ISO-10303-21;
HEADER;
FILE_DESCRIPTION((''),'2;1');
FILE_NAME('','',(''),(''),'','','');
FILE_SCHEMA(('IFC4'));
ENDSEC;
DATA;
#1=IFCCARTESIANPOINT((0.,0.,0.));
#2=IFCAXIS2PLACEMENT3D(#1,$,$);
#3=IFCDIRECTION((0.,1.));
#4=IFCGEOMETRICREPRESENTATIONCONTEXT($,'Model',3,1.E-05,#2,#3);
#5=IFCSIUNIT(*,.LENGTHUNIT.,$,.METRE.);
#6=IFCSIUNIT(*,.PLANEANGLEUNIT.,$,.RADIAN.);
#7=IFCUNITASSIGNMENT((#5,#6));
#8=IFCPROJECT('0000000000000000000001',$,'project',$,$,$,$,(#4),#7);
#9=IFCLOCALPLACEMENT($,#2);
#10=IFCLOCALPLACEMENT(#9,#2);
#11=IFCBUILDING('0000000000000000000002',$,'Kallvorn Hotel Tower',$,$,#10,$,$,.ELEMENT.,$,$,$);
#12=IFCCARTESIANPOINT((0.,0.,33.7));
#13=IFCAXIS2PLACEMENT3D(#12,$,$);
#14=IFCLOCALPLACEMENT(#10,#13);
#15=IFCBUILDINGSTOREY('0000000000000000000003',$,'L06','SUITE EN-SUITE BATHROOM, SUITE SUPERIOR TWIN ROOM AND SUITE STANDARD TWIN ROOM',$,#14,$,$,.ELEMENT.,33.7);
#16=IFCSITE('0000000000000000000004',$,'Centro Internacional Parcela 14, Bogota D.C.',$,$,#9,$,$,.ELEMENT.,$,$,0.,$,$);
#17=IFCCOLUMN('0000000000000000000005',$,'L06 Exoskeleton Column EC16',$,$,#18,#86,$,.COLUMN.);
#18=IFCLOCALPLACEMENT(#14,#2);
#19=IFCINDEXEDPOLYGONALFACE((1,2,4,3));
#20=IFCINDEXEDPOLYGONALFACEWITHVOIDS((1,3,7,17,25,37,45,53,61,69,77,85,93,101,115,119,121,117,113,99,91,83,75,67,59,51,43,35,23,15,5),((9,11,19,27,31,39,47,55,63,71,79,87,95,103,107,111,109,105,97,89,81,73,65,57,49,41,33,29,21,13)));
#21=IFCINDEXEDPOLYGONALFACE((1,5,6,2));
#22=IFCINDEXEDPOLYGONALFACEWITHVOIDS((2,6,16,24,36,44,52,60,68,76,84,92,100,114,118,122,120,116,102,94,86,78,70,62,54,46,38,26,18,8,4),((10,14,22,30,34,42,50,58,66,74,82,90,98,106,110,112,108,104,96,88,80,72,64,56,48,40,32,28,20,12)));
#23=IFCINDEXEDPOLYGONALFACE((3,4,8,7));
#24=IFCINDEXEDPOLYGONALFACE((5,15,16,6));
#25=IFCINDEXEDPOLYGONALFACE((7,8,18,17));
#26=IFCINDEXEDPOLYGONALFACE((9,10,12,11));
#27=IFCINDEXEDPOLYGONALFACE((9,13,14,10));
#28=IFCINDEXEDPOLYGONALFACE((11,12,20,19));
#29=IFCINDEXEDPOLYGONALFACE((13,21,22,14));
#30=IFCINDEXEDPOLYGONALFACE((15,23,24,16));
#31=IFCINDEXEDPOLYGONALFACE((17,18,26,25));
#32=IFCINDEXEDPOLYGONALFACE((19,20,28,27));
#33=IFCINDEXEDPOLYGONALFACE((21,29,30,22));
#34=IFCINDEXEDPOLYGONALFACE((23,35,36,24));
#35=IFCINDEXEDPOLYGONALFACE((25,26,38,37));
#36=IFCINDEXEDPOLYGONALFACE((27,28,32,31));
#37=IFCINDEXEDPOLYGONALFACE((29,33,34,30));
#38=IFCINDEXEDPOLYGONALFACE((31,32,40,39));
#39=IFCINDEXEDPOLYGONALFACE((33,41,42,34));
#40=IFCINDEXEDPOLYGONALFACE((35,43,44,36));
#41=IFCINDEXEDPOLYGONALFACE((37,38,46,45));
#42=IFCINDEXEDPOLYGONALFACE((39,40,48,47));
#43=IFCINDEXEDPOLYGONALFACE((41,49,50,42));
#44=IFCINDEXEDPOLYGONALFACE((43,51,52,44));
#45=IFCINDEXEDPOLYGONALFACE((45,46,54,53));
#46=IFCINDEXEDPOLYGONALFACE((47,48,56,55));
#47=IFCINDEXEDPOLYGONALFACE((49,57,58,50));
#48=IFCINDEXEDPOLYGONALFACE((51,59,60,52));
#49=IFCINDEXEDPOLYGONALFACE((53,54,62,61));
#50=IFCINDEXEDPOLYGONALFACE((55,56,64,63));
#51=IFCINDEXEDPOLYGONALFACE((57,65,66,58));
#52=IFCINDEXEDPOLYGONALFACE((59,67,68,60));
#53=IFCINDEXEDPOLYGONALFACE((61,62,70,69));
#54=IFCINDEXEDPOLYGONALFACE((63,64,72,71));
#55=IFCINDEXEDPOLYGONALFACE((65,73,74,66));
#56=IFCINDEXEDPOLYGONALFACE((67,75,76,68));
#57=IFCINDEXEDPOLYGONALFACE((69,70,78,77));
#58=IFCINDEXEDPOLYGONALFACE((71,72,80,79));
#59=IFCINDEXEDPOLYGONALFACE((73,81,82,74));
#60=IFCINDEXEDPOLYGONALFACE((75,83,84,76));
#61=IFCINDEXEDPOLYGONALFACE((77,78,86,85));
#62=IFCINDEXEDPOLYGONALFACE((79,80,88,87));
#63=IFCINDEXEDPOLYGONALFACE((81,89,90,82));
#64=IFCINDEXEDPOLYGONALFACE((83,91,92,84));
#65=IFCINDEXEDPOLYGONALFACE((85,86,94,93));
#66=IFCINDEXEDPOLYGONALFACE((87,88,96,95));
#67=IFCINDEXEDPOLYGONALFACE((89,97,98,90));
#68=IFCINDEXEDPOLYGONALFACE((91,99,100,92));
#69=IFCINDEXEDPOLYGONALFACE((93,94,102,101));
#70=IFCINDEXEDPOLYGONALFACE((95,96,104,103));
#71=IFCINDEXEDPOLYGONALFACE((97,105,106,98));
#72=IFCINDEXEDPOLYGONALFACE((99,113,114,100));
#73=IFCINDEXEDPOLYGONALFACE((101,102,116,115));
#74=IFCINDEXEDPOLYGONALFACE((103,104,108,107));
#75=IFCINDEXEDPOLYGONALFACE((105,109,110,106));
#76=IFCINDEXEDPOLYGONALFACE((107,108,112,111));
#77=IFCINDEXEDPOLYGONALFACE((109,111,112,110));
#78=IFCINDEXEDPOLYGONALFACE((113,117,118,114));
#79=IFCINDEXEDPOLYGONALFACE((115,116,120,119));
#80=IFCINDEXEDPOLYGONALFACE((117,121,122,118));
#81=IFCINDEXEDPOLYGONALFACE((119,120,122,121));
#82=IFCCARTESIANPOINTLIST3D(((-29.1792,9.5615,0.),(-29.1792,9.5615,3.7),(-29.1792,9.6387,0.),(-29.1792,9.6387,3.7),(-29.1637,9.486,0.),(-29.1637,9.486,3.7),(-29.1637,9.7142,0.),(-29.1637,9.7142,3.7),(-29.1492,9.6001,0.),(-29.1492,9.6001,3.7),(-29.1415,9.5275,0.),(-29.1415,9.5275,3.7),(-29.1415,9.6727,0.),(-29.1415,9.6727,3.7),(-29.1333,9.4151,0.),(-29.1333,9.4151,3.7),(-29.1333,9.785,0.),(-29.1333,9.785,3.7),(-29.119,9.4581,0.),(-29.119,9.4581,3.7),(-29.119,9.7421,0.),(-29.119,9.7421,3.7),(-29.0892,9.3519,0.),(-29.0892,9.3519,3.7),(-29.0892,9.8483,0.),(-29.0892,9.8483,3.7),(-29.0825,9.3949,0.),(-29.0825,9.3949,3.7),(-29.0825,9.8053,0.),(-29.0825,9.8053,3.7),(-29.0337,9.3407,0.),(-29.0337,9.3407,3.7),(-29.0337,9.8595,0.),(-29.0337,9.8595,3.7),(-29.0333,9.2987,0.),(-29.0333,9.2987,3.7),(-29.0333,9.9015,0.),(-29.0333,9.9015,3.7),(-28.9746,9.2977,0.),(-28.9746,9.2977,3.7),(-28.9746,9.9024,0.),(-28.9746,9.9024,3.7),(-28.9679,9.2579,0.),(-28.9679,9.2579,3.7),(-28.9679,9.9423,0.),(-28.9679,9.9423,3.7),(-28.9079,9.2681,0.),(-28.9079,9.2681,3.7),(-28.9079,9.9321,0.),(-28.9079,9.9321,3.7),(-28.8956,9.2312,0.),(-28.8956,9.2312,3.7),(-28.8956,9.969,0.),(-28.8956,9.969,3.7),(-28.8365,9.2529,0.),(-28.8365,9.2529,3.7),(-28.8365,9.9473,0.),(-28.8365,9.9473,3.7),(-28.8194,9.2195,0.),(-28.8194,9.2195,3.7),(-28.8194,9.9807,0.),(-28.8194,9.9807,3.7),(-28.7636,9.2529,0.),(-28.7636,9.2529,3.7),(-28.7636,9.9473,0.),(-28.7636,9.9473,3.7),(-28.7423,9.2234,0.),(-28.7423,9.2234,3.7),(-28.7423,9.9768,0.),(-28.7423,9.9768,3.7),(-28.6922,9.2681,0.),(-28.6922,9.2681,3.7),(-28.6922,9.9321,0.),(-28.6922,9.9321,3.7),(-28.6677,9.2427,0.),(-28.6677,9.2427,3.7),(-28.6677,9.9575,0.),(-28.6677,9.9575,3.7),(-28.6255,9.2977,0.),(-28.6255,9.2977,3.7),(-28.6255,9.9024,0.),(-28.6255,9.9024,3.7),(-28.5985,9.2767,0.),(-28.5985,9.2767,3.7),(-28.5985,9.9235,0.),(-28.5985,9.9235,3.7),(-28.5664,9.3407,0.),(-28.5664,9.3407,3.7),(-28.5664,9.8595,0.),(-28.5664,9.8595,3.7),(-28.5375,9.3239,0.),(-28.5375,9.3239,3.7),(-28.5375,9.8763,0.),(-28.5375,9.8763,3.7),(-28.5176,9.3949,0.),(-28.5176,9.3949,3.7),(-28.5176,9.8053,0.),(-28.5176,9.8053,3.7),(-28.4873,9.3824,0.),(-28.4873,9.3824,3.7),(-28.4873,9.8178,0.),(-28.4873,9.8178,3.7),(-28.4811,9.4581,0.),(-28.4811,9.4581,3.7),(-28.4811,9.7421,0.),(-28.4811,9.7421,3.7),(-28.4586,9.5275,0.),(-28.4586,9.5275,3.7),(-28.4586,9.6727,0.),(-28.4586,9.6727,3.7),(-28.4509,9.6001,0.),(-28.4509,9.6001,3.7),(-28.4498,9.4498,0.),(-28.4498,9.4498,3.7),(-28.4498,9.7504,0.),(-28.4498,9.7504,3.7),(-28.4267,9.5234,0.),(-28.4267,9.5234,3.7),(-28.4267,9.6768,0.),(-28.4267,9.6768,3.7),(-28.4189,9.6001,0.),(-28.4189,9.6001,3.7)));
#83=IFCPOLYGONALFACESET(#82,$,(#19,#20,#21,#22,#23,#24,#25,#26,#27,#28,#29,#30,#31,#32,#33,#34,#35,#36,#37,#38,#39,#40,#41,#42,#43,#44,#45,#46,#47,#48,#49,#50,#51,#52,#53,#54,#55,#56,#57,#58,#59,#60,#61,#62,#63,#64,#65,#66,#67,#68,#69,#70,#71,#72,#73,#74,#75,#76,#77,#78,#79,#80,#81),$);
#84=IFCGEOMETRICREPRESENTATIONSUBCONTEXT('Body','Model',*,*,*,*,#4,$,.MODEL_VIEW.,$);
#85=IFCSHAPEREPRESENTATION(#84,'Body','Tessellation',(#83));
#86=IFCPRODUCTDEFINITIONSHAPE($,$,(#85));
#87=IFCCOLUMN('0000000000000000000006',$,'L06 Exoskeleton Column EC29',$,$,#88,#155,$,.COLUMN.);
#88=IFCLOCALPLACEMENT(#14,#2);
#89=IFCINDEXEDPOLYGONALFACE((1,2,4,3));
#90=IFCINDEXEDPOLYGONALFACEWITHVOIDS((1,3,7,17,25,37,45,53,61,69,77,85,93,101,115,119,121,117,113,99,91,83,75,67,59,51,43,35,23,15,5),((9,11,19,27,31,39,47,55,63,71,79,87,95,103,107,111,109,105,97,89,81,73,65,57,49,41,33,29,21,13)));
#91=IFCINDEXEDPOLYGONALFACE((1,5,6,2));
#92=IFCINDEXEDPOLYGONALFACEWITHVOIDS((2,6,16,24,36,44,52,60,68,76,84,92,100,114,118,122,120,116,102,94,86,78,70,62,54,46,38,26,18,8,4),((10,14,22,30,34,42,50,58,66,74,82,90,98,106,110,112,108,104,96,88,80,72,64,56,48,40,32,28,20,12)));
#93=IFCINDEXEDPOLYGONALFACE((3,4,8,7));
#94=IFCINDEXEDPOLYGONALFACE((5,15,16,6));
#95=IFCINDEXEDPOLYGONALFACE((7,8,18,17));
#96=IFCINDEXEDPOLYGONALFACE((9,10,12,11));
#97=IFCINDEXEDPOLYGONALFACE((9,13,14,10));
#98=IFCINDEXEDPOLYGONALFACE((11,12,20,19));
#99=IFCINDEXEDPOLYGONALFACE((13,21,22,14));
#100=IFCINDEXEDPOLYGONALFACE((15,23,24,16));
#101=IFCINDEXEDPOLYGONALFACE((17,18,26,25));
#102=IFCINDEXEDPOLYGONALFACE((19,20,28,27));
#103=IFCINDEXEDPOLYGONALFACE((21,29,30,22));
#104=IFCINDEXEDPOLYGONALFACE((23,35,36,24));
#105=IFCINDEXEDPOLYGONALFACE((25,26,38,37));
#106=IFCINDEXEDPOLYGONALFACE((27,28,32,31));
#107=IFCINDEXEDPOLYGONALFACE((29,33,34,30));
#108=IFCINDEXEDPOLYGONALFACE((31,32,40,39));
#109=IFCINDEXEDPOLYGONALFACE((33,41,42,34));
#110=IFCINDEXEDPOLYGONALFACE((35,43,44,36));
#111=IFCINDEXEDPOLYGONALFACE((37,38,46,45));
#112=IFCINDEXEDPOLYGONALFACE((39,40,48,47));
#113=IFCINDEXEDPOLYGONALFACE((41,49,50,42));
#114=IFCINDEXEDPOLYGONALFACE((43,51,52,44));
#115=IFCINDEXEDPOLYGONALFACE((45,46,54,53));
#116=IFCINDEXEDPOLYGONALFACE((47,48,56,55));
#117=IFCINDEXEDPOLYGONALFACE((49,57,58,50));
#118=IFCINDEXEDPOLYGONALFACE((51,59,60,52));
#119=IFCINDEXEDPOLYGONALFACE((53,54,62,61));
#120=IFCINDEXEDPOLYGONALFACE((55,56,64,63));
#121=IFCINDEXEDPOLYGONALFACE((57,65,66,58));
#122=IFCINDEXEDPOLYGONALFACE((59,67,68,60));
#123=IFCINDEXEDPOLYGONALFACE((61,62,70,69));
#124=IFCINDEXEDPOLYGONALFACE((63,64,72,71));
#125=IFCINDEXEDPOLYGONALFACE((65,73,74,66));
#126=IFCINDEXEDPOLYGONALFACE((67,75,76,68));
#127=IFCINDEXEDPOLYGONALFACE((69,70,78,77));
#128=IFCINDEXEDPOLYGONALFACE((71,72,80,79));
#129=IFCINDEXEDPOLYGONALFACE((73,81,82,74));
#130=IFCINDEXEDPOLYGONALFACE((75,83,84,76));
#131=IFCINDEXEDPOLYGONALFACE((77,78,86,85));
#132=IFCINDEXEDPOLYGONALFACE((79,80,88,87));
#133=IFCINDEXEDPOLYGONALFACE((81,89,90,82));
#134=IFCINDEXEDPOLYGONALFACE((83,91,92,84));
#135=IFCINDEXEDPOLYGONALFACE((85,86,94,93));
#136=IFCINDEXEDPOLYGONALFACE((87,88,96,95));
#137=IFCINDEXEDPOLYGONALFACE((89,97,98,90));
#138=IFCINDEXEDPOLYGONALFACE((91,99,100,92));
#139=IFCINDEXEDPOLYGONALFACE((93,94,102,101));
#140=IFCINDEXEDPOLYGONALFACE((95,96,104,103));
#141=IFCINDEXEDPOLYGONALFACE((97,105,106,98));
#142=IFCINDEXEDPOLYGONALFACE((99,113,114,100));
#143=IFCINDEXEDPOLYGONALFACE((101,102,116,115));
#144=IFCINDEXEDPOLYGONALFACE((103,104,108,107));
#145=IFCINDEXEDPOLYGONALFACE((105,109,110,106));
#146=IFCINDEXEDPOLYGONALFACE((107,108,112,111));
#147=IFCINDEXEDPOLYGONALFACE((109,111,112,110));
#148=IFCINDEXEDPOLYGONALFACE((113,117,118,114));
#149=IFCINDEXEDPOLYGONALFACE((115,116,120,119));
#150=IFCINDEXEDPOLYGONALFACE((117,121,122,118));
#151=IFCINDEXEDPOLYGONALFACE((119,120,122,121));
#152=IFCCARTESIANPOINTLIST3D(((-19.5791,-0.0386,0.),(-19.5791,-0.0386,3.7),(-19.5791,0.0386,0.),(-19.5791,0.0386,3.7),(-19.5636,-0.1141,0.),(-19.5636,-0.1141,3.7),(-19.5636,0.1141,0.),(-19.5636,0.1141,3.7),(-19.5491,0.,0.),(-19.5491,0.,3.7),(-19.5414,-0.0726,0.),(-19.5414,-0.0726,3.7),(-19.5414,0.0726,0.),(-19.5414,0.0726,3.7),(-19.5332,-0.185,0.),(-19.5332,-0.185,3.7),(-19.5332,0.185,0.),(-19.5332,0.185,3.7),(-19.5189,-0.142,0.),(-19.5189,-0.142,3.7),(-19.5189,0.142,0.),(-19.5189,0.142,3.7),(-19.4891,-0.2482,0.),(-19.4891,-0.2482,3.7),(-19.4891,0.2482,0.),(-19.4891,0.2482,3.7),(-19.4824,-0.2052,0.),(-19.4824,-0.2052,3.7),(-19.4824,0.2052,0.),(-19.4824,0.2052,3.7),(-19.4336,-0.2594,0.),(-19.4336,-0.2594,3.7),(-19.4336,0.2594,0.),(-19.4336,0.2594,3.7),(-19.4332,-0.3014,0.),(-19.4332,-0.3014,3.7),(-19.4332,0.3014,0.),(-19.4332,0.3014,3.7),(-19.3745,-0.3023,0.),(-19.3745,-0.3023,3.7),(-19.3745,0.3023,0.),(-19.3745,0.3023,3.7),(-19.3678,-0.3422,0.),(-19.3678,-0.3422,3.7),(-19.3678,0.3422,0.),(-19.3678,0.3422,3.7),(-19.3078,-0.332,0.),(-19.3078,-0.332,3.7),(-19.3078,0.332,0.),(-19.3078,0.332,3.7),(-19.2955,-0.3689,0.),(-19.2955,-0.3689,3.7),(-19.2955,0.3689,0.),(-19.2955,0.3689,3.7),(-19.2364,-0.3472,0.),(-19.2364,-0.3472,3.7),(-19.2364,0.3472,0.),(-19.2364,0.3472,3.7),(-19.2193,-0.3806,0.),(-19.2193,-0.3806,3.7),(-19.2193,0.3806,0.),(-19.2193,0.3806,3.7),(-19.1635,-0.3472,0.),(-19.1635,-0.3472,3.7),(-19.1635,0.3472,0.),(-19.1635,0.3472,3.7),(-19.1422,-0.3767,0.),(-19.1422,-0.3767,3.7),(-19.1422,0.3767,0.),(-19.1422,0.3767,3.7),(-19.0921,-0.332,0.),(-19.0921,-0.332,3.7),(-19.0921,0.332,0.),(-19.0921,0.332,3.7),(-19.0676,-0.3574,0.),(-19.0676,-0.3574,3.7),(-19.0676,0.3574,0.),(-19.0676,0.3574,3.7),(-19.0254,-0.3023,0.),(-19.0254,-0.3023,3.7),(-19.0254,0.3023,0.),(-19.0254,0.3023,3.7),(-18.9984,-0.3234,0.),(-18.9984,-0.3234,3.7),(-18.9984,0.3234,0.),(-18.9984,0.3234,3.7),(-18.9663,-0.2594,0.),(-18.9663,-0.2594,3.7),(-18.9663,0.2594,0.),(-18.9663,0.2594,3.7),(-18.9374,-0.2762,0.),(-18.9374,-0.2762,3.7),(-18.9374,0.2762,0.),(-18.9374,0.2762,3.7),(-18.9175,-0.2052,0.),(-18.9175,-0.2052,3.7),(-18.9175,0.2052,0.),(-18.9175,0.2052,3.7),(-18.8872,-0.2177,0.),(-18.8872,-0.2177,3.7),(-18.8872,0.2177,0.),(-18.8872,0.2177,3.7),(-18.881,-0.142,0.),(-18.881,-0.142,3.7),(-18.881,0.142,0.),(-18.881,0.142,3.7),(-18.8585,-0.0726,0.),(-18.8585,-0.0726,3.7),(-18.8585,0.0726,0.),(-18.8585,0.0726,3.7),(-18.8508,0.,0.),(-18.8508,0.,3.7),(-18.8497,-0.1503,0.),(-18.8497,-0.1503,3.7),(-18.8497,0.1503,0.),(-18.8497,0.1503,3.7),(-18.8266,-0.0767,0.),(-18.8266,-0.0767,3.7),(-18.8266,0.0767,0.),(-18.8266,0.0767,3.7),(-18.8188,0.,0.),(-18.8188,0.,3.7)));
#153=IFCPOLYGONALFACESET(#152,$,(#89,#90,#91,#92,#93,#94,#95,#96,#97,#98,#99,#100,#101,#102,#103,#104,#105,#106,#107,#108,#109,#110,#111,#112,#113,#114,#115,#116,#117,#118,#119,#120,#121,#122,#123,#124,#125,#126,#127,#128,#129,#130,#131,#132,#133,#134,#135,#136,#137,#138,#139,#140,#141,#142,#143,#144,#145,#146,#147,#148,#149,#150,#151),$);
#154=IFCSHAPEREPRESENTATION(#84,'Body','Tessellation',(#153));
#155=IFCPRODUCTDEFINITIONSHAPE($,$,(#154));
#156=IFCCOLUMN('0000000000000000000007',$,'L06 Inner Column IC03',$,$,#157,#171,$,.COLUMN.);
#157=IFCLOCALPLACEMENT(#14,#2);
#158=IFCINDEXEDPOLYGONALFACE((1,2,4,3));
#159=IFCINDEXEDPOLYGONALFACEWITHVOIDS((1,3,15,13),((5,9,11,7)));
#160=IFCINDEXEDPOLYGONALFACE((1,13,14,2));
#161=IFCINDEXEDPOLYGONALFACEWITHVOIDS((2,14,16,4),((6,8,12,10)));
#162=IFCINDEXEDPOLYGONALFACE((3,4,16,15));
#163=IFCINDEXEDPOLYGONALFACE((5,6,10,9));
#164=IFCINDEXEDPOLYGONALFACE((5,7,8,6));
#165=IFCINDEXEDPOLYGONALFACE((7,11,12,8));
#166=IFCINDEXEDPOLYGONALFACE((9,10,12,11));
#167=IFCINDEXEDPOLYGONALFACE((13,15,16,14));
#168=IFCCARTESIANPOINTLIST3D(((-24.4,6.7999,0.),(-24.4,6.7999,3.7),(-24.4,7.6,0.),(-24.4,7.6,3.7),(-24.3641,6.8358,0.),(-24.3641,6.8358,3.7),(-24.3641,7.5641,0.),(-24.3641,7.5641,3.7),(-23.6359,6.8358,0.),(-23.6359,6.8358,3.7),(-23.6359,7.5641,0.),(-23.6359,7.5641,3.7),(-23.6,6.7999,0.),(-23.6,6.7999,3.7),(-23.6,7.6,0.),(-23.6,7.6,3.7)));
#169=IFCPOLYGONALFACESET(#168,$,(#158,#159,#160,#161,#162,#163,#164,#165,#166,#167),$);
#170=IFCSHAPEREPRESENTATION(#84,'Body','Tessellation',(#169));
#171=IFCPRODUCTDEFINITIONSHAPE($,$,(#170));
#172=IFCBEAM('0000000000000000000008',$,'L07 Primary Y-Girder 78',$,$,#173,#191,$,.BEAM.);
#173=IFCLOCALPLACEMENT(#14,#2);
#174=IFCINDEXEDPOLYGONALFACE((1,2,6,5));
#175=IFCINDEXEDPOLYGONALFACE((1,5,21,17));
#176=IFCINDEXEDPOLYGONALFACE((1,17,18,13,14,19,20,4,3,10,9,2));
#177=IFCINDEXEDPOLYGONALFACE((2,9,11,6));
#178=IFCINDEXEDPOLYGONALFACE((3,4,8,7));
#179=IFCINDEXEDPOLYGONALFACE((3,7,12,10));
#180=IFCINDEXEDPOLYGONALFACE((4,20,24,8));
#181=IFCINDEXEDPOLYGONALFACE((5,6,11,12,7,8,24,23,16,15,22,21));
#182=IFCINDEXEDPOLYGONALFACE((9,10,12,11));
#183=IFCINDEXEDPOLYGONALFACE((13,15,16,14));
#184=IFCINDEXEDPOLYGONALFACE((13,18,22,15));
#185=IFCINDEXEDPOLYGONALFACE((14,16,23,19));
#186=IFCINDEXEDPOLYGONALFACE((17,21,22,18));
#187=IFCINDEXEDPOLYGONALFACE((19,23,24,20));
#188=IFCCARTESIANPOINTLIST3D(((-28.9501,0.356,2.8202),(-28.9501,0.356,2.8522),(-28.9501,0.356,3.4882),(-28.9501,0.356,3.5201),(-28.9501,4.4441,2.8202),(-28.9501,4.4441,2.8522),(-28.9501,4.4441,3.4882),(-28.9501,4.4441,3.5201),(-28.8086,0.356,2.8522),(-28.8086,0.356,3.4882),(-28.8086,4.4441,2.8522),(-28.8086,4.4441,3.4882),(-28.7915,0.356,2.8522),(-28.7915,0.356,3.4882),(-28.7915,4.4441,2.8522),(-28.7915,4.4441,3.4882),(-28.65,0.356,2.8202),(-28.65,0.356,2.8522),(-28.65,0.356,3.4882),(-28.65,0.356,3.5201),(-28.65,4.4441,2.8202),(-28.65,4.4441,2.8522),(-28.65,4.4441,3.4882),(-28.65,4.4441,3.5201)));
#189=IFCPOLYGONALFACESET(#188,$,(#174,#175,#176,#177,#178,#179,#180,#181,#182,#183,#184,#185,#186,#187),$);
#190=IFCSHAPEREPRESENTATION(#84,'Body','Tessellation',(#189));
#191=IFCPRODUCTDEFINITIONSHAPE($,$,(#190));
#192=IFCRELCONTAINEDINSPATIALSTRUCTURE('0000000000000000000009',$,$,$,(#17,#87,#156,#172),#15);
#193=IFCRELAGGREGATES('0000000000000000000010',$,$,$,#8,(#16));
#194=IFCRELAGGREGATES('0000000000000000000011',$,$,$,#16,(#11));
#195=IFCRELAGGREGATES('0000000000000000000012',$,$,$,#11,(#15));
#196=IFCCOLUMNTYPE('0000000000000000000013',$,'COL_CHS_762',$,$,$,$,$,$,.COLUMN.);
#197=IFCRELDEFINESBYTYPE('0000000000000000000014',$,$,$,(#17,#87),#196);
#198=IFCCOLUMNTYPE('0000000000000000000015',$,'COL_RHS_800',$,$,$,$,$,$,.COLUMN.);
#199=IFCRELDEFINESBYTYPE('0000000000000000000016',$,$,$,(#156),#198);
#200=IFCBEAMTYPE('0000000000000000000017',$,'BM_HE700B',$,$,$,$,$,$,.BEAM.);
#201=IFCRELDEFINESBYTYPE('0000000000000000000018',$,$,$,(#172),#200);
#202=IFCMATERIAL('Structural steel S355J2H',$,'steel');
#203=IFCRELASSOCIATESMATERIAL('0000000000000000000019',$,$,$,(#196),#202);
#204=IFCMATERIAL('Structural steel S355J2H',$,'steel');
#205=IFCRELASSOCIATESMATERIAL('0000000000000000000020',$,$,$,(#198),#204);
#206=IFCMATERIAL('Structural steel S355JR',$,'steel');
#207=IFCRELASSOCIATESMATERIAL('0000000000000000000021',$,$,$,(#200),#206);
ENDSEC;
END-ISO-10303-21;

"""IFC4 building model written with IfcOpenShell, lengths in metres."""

from ifc_helpers import new_model, si_unit, direction, frame, origin, origin_2d, place, context, subcontext, project, spatial, hollow_rectangle, hollow_circle, i_section, extrude, material, material_profile, profile_set, type_object, element, save


model = new_model("IFC4")

# Units and contexts
model_context = context("Model", 3, precision=1e-05, world=origin(), true_north=direction((0.0, 1.0)))
body_context = subcontext(model_context, "Body", "Model", "MODEL_VIEW")
ifc_project = project(units=[si_unit("LENGTHUNIT", "METRE"), si_unit("PLANEANGLEUNIT", "RADIAN")], contexts=[model_context])

# Site, building, storey
site_placement = place(None, origin())
site = spatial("IfcSite", under=ifc_project, at=site_placement, Name="Centro Internacional Parcela 14, Bogota D.C.", CompositionType="ELEMENT", RefElevation=0.0)
building_placement = place(site_placement, origin())
building = spatial("IfcBuilding", under=site, at=building_placement, Name="Kallvorn Hotel Tower", CompositionType="ELEMENT")
storey_placement = place(building_placement, frame((0.0, 0.0, 33.7)))
storey = spatial("IfcBuildingStorey", under=building, at=storey_placement, Name="L06", Description="SUITE EN-SUITE BATHROOM, SUITE SUPERIOR TWIN ROOM AND SUITE STANDARD TWIN ROOM", CompositionType="ELEMENT", Elevation=33.7)

# Columns
ifc_material_1 = material(Name="Structural steel S355J2H", Category="steel")
ifc_material_profile_1 = material_profile(ifc_material_1, hollow_circle(Radius=0.3811, WallThickness=0.032, at=origin_2d()), Name="CHS 762x32")
ifc_profile_set_1 = profile_set([ifc_material_profile_1], Name="Structural steel S355J2H")
column_type_1 = type_object("IfcColumnType", Name="COL_CHS_762", PredefinedType="COLUMN", material=ifc_profile_set_1)
for number, where, z_axis, x_axis, name in (
    (1, (-28.8, 9.6001, 0.0), (0.0, 0.0, 1.0), (1.0, 0.0, 0.0), "L06 Exoskeleton Column EC16"),
    (2, (-19.2, 0.0, 0.0), (0.0, 0.0, 1.0), (1.0, 0.0, 0.0), "L06 Exoskeleton Column EC29"),
):
    element("IfcColumn", number, at=place(storey_placement, frame(where, z_axis=z_axis, x_axis=x_axis)), inside=storey, type_object=column_type_1, Name=name, PredefinedType="COLUMN", context=body_context, shape_type="SweptSolid", body=[
        extrude(hollow_circle(Radius=0.3811, WallThickness=0.032, at=origin_2d()), origin(), (0.0, 0.0, 1.0), 3.7),
    ])
ifc_material_2 = material(Name="Structural steel S355J2H", Category="steel")
ifc_material_profile_2 = material_profile(ifc_material_2, hollow_rectangle(XDim=0.8, YDim=0.8, WallThickness=0.0359, at=origin_2d()), Name="RHS 800x800x36")
ifc_profile_set_2 = profile_set([ifc_material_profile_2], Name="Structural steel S355J2H")
column_type_2 = type_object("IfcColumnType", Name="COL_RHS_800", PredefinedType="COLUMN", material=ifc_profile_set_2)
column_placement = place(storey_placement, frame((-24.0, 7.2, 0.0), z_axis=(0.0, 0.0, 1.0), x_axis=(1.0, 0.0, 0.0)))
element("IfcColumn", 3, at=column_placement, inside=storey, type_object=column_type_2, Name="L06 Inner Column IC03", PredefinedType="COLUMN", context=body_context, shape_type="SweptSolid", body=[
    extrude(hollow_rectangle(XDim=0.8, YDim=0.8, WallThickness=0.0359, at=origin_2d()), origin(), (0.0, 0.0, 1.0), 3.7),
])

# Beam
ifc_material_3 = material(Name="Structural steel S355JR", Category="steel")
ifc_material_profile_3 = material_profile(ifc_material_3, i_section(OverallWidth=0.3, OverallDepth=0.7, WebThickness=0.0171, FlangeThickness=0.032, at=origin_2d()), Name="HE 700 B")
ifc_profile_set_3 = profile_set([ifc_material_profile_3], Name="Structural steel S355JR")
beam_type_1 = type_object("IfcBeamType", Name="BM_HE700B", PredefinedType="BEAM", material=ifc_profile_set_3)
beam_1_placement = place(storey_placement, frame((-28.8, 0.356, 3.1702), z_axis=(0.0, 1.0, 0.0), x_axis=(-1.0, 0.0, 0.0)))
element("IfcBeam", 4, at=beam_1_placement, inside=storey, type_object=beam_type_1, Name="L07 Primary Y-Girder 78", PredefinedType="BEAM", context=body_context, shape_type="SweptSolid", body=[
    extrude(i_section(OverallWidth=0.3, OverallDepth=0.7, WebThickness=0.0171, FlangeThickness=0.032, at=origin_2d()), origin(), (0.0, 0.0, 1.0), 4.0881),
])

save(model, "model.ifc")
